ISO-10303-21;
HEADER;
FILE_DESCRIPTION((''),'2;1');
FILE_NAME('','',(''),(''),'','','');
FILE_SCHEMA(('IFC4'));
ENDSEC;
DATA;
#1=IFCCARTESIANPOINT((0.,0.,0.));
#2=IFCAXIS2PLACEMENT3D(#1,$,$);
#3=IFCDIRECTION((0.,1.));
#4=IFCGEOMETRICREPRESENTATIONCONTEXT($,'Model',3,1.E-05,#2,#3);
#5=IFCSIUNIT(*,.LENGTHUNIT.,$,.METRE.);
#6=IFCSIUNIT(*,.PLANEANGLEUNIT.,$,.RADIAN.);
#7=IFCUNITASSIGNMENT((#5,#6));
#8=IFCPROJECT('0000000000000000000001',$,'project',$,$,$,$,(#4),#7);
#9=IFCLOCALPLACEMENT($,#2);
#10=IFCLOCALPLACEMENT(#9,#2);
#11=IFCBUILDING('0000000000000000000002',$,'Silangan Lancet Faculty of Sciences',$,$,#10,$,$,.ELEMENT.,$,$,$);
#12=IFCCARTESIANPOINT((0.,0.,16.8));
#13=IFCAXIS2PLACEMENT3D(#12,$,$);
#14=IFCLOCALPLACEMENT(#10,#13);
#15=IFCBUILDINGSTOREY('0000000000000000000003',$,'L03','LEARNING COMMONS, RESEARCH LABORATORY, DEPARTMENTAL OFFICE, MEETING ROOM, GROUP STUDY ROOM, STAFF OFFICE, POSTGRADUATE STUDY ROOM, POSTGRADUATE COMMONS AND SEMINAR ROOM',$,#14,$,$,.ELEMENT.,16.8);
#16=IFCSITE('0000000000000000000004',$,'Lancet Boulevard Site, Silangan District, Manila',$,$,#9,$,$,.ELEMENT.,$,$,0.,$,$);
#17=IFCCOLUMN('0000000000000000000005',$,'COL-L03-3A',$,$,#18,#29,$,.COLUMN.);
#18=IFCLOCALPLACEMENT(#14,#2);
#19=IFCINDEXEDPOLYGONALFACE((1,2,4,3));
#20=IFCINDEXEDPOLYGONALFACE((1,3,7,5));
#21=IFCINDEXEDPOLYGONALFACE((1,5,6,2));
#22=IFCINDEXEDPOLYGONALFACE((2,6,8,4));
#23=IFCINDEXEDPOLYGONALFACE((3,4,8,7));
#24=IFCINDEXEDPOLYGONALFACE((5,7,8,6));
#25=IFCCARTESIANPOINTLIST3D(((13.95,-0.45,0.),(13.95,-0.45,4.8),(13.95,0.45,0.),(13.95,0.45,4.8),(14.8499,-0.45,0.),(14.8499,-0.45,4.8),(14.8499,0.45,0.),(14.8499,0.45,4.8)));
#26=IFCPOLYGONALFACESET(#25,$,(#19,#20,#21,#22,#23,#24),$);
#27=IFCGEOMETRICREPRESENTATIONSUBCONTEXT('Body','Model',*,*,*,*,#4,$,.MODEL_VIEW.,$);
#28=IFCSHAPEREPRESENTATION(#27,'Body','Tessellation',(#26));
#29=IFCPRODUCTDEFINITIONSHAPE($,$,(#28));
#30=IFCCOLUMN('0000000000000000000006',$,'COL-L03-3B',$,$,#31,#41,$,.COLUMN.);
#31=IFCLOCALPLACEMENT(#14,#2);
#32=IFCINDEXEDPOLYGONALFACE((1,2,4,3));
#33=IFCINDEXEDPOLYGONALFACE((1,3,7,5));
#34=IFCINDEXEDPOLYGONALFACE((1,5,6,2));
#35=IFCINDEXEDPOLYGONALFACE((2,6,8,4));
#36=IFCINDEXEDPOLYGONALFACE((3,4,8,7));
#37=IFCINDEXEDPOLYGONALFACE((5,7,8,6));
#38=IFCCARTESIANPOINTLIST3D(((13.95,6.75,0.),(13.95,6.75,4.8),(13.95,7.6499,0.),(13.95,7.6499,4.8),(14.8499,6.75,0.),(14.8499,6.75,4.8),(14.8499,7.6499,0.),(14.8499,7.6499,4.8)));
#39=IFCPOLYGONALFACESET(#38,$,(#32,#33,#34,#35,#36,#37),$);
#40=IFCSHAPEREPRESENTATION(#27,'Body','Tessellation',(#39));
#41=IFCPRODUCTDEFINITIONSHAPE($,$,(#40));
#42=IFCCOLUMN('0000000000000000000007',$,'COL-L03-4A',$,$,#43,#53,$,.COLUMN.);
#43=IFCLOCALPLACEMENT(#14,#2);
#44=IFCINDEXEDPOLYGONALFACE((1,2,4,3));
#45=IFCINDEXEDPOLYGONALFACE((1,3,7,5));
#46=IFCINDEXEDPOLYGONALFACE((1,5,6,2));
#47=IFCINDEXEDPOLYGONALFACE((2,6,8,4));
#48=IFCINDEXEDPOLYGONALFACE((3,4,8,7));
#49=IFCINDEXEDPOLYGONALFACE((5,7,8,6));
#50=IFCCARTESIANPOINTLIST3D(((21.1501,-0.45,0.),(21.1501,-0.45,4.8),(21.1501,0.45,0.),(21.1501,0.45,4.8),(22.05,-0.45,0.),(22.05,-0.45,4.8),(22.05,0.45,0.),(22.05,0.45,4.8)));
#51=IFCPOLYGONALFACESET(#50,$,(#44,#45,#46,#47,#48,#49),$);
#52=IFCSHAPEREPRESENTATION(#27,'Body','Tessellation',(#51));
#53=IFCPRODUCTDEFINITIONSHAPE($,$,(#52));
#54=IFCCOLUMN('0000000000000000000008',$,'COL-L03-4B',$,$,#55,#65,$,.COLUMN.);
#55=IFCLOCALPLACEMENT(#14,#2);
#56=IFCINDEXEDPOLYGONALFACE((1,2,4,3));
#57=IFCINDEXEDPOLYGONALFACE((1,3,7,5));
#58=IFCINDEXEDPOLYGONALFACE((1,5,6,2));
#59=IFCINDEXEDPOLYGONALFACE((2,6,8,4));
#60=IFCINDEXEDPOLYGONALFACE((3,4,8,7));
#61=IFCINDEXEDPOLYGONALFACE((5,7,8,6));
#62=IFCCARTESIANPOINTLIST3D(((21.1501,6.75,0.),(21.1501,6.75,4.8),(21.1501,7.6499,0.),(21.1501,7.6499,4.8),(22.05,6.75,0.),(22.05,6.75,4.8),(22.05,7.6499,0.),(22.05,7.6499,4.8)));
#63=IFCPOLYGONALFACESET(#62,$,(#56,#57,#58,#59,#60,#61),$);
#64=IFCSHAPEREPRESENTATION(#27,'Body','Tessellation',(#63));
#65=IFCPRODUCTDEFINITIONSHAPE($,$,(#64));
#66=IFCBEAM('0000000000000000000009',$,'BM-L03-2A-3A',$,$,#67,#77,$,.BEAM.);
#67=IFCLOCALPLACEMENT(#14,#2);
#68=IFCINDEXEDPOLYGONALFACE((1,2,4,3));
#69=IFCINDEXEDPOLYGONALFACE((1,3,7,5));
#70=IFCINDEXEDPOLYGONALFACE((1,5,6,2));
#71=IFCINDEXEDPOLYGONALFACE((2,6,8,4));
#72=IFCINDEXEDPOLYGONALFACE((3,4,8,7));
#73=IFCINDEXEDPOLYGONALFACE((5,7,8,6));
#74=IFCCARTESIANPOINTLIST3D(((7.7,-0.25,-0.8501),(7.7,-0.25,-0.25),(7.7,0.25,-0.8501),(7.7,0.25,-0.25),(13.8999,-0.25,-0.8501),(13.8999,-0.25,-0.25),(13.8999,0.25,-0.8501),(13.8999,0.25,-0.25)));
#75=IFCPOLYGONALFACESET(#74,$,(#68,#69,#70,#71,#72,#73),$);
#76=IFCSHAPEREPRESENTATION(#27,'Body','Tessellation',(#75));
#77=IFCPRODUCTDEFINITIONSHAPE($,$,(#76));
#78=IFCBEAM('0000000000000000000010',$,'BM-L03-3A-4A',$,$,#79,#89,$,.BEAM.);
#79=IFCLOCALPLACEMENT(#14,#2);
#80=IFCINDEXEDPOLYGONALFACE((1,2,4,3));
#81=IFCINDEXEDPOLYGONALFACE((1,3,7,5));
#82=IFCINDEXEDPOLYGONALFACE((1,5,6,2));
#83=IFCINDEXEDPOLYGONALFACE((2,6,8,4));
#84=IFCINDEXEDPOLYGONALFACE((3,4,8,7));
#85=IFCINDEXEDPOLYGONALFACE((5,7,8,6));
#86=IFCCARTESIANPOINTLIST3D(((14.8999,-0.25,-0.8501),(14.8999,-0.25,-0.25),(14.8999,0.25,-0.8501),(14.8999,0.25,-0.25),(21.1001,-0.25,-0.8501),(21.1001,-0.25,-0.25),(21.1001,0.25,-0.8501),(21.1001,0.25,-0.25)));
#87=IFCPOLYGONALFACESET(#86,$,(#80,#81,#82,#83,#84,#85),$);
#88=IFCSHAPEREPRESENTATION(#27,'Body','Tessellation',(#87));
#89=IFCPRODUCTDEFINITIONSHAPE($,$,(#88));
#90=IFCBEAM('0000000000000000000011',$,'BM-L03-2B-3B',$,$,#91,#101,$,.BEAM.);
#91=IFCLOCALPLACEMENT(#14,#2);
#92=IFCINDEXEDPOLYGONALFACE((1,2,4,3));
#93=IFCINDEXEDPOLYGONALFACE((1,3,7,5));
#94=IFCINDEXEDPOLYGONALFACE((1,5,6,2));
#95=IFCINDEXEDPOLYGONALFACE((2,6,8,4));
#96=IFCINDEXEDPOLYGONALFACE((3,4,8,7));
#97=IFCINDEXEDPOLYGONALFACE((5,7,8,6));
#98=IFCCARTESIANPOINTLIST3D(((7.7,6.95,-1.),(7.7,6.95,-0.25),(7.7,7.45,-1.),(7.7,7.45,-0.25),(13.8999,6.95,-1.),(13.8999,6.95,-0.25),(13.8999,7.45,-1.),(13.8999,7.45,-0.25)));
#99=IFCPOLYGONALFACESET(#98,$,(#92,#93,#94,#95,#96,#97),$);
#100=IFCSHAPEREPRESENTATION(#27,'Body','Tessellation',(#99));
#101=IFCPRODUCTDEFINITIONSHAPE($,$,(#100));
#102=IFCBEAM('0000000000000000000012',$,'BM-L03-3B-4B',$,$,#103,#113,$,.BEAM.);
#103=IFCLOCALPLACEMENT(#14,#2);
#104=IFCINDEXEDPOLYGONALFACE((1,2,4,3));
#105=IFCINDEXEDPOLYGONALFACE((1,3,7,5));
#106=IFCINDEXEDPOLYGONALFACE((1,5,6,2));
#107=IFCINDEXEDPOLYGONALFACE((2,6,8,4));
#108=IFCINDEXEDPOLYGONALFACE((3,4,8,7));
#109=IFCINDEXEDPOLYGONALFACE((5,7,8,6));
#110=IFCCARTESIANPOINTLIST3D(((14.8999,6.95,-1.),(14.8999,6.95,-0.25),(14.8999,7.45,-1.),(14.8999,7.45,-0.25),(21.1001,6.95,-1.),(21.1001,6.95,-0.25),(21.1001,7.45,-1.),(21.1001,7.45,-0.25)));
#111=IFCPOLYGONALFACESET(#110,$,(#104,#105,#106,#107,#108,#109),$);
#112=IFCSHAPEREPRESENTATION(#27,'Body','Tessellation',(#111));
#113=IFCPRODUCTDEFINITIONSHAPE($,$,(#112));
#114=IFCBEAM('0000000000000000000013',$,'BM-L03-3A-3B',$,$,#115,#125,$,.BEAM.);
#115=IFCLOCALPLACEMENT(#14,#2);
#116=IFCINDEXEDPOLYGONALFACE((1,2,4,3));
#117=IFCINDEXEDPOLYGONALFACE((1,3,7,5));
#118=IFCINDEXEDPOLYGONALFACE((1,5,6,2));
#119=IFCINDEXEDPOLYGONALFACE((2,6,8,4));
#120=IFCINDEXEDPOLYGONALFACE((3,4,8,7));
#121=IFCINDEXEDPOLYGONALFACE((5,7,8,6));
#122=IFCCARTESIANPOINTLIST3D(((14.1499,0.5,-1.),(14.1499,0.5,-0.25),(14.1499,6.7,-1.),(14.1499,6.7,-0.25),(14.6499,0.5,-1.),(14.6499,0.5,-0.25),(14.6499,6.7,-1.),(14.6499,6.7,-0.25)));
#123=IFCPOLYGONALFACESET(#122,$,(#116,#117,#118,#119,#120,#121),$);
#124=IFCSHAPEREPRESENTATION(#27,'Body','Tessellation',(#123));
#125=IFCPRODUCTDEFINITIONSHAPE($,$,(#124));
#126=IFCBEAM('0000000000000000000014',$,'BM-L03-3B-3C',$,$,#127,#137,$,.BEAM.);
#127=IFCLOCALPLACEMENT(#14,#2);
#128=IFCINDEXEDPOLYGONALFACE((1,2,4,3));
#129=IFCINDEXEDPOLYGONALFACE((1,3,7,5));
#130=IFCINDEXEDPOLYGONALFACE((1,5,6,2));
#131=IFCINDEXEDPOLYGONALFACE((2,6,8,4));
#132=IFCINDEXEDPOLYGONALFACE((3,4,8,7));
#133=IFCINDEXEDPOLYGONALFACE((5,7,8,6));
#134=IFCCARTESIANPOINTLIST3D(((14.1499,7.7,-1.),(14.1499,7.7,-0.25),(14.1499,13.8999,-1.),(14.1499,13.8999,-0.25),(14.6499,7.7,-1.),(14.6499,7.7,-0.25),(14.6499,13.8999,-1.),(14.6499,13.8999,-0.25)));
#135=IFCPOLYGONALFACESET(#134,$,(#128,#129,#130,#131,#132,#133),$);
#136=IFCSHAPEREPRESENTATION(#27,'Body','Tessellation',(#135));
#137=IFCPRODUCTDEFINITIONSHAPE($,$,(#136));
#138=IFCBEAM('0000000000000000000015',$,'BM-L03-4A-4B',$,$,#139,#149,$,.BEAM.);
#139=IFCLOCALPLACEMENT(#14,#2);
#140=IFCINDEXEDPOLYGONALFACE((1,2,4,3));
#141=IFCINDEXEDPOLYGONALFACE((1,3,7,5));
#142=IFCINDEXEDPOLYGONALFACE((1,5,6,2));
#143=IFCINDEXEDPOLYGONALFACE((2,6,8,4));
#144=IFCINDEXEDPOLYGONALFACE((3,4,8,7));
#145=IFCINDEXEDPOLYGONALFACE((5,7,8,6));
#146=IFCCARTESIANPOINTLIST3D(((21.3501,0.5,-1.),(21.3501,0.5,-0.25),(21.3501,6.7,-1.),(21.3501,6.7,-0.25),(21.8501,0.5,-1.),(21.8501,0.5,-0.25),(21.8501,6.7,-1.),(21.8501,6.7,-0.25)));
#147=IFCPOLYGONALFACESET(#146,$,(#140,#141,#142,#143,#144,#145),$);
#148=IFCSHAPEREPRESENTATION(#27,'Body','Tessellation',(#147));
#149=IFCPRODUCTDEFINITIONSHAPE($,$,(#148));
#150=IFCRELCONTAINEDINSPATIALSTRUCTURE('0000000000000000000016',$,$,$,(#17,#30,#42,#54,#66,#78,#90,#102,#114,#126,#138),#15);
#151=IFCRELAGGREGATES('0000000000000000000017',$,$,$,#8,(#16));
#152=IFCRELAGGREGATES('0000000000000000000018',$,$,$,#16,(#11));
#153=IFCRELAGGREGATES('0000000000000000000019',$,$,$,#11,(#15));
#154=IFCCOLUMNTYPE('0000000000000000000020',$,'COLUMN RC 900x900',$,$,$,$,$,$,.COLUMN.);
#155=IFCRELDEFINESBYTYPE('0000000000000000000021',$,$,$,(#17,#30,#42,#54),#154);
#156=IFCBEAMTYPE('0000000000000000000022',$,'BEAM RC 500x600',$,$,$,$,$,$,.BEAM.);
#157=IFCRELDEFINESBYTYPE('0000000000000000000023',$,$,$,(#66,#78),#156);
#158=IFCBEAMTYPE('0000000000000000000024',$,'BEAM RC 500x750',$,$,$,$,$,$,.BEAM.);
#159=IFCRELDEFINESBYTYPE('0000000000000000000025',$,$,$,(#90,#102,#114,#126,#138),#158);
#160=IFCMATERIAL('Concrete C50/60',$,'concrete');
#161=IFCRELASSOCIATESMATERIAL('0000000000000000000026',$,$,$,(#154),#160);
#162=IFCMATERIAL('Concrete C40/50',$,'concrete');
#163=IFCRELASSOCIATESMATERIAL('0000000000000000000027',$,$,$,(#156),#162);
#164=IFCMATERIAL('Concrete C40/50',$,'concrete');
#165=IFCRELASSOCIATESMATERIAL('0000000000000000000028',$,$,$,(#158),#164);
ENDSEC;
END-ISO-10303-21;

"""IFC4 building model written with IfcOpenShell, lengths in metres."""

from ifc_helpers import new_model, si_unit, direction, frame, origin, origin_2d, place, context, subcontext, project, spatial, rectangle, extrude, material, material_profile, profile_set, type_object, element, save


model = new_model("IFC4")

# Units and contexts
model_context = context("Model", 3, precision=1e-05, world=origin(), true_north=direction((0.0, 1.0)))
body_context = subcontext(model_context, "Body", "Model", "MODEL_VIEW")
ifc_project = project(units=[si_unit("LENGTHUNIT", "METRE"), si_unit("PLANEANGLEUNIT", "RADIAN")], contexts=[model_context])

# Site, building, storey
site_placement = place(None, origin())
site = spatial("IfcSite", under=ifc_project, at=site_placement, Name="Lancet Boulevard Site, Silangan District, Manila", CompositionType="ELEMENT", RefElevation=0.0)
building_placement = place(site_placement, origin())
building = spatial("IfcBuilding", under=site, at=building_placement, Name="Silangan Lancet Faculty of Sciences", CompositionType="ELEMENT")
storey_placement = place(building_placement, frame((0.0, 0.0, 16.8)))
storey = spatial("IfcBuildingStorey", under=building, at=storey_placement, Name="L03", Description="LEARNING COMMONS, RESEARCH LABORATORY, DEPARTMENTAL OFFICE, MEETING ROOM, GROUP STUDY ROOM, STAFF OFFICE, POSTGRADUATE STUDY ROOM, POSTGRADUATE COMMONS AND SEMINAR ROOM", CompositionType="ELEMENT", Elevation=16.8)

# Columns
ifc_material_1 = material(Name="Concrete C50/60", Category="concrete")
ifc_material_profile_1 = material_profile(ifc_material_1, rectangle(XDim=0.8999, YDim=0.8999, at=origin_2d()), Name="RC 900x900")
ifc_profile_set_1 = profile_set([ifc_material_profile_1], Name="Concrete C50/60")
column_type = type_object("IfcColumnType", Name="COLUMN RC 900x900", PredefinedType="COLUMN", material=ifc_profile_set_1)
for number, where, z_axis, x_axis, name in (
    (1, (14.3999, 0.0, 0.0), (0.0, 0.0, 1.0), (1.0, 0.0, 0.0), "COL-L03-3A"),
    (2, (14.3999, 7.2, 0.0), (0.0, 0.0, 1.0), (1.0, 0.0, 0.0), "COL-L03-3B"),
    (3, (21.6001, 0.0, 0.0), (0.0, 0.0, 1.0), (1.0, 0.0, 0.0), "COL-L03-4A"),
    (4, (21.6001, 7.2, 0.0), (0.0, 0.0, 1.0), (1.0, 0.0, 0.0), "COL-L03-4B"),
):
    element("IfcColumn", number, at=place(storey_placement, frame(where, z_axis=z_axis, x_axis=x_axis)), inside=storey, type_object=column_type, Name=name, PredefinedType="COLUMN", context=body_context, shape_type="SweptSolid", body=[
        extrude(rectangle(XDim=0.8999, YDim=0.8999, at=origin_2d()), origin(), (0.0, 0.0, 1.0), 4.8),
    ])

# Beams
ifc_material_2 = material(Name="Concrete C40/50", Category="concrete")
ifc_material_profile_2 = material_profile(ifc_material_2, rectangle(XDim=0.5, YDim=0.6001, at=origin_2d()), Name="RC 500x600")
ifc_profile_set_2 = profile_set([ifc_material_profile_2], Name="Concrete C40/50")
beam_type_1 = type_object("IfcBeamType", Name="BEAM RC 500x600", PredefinedType="BEAM", material=ifc_profile_set_2)
beam_1_placement = place(storey_placement, frame((7.7, 0.0, -0.55), z_axis=(1.0, 0.0, 0.0), x_axis=(0.0, 1.0, 0.0)))
element("IfcBeam", 5, at=beam_1_placement, inside=storey, type_object=beam_type_1, Name="BM-L03-2A-3A", PredefinedType="BEAM", context=body_context, shape_type="SweptSolid", body=[
    extrude(rectangle(XDim=0.5, YDim=0.6001, at=origin_2d()), origin(), (0.0, 0.0, 1.0), 6.2),
])
beam_2_placement = place(storey_placement, frame((14.8999, 0.0, -0.55), z_axis=(1.0, 0.0, 0.0), x_axis=(0.0, 1.0, 0.0)))
element("IfcBeam", 6, at=beam_2_placement, inside=storey, type_object=beam_type_1, Name="BM-L03-3A-4A", PredefinedType="BEAM", context=body_context, shape_type="SweptSolid", body=[
    extrude(rectangle(XDim=0.5, YDim=0.6001, at=origin_2d()), origin(), (0.0, 0.0, 1.0), 6.2002),
])
ifc_material_3 = material(Name="Concrete C40/50", Category="concrete")
ifc_material_profile_3 = material_profile(ifc_material_3, rectangle(XDim=0.5, YDim=0.75, at=origin_2d()), Name="RC 500x750")
ifc_profile_set_3 = profile_set([ifc_material_profile_3], Name="Concrete C40/50")
beam_type_2 = type_object("IfcBeamType", Name="BEAM RC 500x750", PredefinedType="BEAM", material=ifc_profile_set_3)
beam_3_placement = place(storey_placement, frame((7.7, 7.2, -0.625), z_axis=(1.0, 0.0, 0.0), x_axis=(0.0, 1.0, 0.0)))
element("IfcBeam", 7, at=beam_3_placement, inside=storey, type_object=beam_type_2, Name="BM-L03-2B-3B", PredefinedType="BEAM", context=body_context, shape_type="SweptSolid", body=[
    extrude(rectangle(XDim=0.5, YDim=0.75, at=origin_2d()), origin(), (0.0, 0.0, 1.0), 6.2),
])
beam_4_placement = place(storey_placement, frame((14.8999, 7.2, -0.625), z_axis=(1.0, 0.0, 0.0), x_axis=(0.0, 1.0, 0.0)))
element("IfcBeam", 8, at=beam_4_placement, inside=storey, type_object=beam_type_2, Name="BM-L03-3B-4B", PredefinedType="BEAM", context=body_context, shape_type="SweptSolid", body=[
    extrude(rectangle(XDim=0.5, YDim=0.75, at=origin_2d()), origin(), (0.0, 0.0, 1.0), 6.2002),
])
for number, where, z_axis, x_axis, name in (
    (9, (14.3999, 0.5, -0.625), (0.0, 1.0, 0.0), (-1.0, 0.0, 0.0), "BM-L03-3A-3B"),
    (10, (14.3999, 7.7, -0.625), (0.0, 1.0, 0.0), (-1.0, 0.0, 0.0), "BM-L03-3B-3C"),
    (11, (21.6001, 0.5, -0.625), (0.0, 1.0, 0.0), (-1.0, 0.0, 0.0), "BM-L03-4A-4B"),
):
    element("IfcBeam", number, at=place(storey_placement, frame(where, z_axis=z_axis, x_axis=x_axis)), inside=storey, type_object=beam_type_2, Name=name, PredefinedType="BEAM", context=body_context, shape_type="SweptSolid", body=[
        extrude(rectangle(XDim=0.5, YDim=0.75, at=origin_2d()), origin(), (0.0, 0.0, 1.0), 6.2),
    ])

save(model, "model.ifc")
